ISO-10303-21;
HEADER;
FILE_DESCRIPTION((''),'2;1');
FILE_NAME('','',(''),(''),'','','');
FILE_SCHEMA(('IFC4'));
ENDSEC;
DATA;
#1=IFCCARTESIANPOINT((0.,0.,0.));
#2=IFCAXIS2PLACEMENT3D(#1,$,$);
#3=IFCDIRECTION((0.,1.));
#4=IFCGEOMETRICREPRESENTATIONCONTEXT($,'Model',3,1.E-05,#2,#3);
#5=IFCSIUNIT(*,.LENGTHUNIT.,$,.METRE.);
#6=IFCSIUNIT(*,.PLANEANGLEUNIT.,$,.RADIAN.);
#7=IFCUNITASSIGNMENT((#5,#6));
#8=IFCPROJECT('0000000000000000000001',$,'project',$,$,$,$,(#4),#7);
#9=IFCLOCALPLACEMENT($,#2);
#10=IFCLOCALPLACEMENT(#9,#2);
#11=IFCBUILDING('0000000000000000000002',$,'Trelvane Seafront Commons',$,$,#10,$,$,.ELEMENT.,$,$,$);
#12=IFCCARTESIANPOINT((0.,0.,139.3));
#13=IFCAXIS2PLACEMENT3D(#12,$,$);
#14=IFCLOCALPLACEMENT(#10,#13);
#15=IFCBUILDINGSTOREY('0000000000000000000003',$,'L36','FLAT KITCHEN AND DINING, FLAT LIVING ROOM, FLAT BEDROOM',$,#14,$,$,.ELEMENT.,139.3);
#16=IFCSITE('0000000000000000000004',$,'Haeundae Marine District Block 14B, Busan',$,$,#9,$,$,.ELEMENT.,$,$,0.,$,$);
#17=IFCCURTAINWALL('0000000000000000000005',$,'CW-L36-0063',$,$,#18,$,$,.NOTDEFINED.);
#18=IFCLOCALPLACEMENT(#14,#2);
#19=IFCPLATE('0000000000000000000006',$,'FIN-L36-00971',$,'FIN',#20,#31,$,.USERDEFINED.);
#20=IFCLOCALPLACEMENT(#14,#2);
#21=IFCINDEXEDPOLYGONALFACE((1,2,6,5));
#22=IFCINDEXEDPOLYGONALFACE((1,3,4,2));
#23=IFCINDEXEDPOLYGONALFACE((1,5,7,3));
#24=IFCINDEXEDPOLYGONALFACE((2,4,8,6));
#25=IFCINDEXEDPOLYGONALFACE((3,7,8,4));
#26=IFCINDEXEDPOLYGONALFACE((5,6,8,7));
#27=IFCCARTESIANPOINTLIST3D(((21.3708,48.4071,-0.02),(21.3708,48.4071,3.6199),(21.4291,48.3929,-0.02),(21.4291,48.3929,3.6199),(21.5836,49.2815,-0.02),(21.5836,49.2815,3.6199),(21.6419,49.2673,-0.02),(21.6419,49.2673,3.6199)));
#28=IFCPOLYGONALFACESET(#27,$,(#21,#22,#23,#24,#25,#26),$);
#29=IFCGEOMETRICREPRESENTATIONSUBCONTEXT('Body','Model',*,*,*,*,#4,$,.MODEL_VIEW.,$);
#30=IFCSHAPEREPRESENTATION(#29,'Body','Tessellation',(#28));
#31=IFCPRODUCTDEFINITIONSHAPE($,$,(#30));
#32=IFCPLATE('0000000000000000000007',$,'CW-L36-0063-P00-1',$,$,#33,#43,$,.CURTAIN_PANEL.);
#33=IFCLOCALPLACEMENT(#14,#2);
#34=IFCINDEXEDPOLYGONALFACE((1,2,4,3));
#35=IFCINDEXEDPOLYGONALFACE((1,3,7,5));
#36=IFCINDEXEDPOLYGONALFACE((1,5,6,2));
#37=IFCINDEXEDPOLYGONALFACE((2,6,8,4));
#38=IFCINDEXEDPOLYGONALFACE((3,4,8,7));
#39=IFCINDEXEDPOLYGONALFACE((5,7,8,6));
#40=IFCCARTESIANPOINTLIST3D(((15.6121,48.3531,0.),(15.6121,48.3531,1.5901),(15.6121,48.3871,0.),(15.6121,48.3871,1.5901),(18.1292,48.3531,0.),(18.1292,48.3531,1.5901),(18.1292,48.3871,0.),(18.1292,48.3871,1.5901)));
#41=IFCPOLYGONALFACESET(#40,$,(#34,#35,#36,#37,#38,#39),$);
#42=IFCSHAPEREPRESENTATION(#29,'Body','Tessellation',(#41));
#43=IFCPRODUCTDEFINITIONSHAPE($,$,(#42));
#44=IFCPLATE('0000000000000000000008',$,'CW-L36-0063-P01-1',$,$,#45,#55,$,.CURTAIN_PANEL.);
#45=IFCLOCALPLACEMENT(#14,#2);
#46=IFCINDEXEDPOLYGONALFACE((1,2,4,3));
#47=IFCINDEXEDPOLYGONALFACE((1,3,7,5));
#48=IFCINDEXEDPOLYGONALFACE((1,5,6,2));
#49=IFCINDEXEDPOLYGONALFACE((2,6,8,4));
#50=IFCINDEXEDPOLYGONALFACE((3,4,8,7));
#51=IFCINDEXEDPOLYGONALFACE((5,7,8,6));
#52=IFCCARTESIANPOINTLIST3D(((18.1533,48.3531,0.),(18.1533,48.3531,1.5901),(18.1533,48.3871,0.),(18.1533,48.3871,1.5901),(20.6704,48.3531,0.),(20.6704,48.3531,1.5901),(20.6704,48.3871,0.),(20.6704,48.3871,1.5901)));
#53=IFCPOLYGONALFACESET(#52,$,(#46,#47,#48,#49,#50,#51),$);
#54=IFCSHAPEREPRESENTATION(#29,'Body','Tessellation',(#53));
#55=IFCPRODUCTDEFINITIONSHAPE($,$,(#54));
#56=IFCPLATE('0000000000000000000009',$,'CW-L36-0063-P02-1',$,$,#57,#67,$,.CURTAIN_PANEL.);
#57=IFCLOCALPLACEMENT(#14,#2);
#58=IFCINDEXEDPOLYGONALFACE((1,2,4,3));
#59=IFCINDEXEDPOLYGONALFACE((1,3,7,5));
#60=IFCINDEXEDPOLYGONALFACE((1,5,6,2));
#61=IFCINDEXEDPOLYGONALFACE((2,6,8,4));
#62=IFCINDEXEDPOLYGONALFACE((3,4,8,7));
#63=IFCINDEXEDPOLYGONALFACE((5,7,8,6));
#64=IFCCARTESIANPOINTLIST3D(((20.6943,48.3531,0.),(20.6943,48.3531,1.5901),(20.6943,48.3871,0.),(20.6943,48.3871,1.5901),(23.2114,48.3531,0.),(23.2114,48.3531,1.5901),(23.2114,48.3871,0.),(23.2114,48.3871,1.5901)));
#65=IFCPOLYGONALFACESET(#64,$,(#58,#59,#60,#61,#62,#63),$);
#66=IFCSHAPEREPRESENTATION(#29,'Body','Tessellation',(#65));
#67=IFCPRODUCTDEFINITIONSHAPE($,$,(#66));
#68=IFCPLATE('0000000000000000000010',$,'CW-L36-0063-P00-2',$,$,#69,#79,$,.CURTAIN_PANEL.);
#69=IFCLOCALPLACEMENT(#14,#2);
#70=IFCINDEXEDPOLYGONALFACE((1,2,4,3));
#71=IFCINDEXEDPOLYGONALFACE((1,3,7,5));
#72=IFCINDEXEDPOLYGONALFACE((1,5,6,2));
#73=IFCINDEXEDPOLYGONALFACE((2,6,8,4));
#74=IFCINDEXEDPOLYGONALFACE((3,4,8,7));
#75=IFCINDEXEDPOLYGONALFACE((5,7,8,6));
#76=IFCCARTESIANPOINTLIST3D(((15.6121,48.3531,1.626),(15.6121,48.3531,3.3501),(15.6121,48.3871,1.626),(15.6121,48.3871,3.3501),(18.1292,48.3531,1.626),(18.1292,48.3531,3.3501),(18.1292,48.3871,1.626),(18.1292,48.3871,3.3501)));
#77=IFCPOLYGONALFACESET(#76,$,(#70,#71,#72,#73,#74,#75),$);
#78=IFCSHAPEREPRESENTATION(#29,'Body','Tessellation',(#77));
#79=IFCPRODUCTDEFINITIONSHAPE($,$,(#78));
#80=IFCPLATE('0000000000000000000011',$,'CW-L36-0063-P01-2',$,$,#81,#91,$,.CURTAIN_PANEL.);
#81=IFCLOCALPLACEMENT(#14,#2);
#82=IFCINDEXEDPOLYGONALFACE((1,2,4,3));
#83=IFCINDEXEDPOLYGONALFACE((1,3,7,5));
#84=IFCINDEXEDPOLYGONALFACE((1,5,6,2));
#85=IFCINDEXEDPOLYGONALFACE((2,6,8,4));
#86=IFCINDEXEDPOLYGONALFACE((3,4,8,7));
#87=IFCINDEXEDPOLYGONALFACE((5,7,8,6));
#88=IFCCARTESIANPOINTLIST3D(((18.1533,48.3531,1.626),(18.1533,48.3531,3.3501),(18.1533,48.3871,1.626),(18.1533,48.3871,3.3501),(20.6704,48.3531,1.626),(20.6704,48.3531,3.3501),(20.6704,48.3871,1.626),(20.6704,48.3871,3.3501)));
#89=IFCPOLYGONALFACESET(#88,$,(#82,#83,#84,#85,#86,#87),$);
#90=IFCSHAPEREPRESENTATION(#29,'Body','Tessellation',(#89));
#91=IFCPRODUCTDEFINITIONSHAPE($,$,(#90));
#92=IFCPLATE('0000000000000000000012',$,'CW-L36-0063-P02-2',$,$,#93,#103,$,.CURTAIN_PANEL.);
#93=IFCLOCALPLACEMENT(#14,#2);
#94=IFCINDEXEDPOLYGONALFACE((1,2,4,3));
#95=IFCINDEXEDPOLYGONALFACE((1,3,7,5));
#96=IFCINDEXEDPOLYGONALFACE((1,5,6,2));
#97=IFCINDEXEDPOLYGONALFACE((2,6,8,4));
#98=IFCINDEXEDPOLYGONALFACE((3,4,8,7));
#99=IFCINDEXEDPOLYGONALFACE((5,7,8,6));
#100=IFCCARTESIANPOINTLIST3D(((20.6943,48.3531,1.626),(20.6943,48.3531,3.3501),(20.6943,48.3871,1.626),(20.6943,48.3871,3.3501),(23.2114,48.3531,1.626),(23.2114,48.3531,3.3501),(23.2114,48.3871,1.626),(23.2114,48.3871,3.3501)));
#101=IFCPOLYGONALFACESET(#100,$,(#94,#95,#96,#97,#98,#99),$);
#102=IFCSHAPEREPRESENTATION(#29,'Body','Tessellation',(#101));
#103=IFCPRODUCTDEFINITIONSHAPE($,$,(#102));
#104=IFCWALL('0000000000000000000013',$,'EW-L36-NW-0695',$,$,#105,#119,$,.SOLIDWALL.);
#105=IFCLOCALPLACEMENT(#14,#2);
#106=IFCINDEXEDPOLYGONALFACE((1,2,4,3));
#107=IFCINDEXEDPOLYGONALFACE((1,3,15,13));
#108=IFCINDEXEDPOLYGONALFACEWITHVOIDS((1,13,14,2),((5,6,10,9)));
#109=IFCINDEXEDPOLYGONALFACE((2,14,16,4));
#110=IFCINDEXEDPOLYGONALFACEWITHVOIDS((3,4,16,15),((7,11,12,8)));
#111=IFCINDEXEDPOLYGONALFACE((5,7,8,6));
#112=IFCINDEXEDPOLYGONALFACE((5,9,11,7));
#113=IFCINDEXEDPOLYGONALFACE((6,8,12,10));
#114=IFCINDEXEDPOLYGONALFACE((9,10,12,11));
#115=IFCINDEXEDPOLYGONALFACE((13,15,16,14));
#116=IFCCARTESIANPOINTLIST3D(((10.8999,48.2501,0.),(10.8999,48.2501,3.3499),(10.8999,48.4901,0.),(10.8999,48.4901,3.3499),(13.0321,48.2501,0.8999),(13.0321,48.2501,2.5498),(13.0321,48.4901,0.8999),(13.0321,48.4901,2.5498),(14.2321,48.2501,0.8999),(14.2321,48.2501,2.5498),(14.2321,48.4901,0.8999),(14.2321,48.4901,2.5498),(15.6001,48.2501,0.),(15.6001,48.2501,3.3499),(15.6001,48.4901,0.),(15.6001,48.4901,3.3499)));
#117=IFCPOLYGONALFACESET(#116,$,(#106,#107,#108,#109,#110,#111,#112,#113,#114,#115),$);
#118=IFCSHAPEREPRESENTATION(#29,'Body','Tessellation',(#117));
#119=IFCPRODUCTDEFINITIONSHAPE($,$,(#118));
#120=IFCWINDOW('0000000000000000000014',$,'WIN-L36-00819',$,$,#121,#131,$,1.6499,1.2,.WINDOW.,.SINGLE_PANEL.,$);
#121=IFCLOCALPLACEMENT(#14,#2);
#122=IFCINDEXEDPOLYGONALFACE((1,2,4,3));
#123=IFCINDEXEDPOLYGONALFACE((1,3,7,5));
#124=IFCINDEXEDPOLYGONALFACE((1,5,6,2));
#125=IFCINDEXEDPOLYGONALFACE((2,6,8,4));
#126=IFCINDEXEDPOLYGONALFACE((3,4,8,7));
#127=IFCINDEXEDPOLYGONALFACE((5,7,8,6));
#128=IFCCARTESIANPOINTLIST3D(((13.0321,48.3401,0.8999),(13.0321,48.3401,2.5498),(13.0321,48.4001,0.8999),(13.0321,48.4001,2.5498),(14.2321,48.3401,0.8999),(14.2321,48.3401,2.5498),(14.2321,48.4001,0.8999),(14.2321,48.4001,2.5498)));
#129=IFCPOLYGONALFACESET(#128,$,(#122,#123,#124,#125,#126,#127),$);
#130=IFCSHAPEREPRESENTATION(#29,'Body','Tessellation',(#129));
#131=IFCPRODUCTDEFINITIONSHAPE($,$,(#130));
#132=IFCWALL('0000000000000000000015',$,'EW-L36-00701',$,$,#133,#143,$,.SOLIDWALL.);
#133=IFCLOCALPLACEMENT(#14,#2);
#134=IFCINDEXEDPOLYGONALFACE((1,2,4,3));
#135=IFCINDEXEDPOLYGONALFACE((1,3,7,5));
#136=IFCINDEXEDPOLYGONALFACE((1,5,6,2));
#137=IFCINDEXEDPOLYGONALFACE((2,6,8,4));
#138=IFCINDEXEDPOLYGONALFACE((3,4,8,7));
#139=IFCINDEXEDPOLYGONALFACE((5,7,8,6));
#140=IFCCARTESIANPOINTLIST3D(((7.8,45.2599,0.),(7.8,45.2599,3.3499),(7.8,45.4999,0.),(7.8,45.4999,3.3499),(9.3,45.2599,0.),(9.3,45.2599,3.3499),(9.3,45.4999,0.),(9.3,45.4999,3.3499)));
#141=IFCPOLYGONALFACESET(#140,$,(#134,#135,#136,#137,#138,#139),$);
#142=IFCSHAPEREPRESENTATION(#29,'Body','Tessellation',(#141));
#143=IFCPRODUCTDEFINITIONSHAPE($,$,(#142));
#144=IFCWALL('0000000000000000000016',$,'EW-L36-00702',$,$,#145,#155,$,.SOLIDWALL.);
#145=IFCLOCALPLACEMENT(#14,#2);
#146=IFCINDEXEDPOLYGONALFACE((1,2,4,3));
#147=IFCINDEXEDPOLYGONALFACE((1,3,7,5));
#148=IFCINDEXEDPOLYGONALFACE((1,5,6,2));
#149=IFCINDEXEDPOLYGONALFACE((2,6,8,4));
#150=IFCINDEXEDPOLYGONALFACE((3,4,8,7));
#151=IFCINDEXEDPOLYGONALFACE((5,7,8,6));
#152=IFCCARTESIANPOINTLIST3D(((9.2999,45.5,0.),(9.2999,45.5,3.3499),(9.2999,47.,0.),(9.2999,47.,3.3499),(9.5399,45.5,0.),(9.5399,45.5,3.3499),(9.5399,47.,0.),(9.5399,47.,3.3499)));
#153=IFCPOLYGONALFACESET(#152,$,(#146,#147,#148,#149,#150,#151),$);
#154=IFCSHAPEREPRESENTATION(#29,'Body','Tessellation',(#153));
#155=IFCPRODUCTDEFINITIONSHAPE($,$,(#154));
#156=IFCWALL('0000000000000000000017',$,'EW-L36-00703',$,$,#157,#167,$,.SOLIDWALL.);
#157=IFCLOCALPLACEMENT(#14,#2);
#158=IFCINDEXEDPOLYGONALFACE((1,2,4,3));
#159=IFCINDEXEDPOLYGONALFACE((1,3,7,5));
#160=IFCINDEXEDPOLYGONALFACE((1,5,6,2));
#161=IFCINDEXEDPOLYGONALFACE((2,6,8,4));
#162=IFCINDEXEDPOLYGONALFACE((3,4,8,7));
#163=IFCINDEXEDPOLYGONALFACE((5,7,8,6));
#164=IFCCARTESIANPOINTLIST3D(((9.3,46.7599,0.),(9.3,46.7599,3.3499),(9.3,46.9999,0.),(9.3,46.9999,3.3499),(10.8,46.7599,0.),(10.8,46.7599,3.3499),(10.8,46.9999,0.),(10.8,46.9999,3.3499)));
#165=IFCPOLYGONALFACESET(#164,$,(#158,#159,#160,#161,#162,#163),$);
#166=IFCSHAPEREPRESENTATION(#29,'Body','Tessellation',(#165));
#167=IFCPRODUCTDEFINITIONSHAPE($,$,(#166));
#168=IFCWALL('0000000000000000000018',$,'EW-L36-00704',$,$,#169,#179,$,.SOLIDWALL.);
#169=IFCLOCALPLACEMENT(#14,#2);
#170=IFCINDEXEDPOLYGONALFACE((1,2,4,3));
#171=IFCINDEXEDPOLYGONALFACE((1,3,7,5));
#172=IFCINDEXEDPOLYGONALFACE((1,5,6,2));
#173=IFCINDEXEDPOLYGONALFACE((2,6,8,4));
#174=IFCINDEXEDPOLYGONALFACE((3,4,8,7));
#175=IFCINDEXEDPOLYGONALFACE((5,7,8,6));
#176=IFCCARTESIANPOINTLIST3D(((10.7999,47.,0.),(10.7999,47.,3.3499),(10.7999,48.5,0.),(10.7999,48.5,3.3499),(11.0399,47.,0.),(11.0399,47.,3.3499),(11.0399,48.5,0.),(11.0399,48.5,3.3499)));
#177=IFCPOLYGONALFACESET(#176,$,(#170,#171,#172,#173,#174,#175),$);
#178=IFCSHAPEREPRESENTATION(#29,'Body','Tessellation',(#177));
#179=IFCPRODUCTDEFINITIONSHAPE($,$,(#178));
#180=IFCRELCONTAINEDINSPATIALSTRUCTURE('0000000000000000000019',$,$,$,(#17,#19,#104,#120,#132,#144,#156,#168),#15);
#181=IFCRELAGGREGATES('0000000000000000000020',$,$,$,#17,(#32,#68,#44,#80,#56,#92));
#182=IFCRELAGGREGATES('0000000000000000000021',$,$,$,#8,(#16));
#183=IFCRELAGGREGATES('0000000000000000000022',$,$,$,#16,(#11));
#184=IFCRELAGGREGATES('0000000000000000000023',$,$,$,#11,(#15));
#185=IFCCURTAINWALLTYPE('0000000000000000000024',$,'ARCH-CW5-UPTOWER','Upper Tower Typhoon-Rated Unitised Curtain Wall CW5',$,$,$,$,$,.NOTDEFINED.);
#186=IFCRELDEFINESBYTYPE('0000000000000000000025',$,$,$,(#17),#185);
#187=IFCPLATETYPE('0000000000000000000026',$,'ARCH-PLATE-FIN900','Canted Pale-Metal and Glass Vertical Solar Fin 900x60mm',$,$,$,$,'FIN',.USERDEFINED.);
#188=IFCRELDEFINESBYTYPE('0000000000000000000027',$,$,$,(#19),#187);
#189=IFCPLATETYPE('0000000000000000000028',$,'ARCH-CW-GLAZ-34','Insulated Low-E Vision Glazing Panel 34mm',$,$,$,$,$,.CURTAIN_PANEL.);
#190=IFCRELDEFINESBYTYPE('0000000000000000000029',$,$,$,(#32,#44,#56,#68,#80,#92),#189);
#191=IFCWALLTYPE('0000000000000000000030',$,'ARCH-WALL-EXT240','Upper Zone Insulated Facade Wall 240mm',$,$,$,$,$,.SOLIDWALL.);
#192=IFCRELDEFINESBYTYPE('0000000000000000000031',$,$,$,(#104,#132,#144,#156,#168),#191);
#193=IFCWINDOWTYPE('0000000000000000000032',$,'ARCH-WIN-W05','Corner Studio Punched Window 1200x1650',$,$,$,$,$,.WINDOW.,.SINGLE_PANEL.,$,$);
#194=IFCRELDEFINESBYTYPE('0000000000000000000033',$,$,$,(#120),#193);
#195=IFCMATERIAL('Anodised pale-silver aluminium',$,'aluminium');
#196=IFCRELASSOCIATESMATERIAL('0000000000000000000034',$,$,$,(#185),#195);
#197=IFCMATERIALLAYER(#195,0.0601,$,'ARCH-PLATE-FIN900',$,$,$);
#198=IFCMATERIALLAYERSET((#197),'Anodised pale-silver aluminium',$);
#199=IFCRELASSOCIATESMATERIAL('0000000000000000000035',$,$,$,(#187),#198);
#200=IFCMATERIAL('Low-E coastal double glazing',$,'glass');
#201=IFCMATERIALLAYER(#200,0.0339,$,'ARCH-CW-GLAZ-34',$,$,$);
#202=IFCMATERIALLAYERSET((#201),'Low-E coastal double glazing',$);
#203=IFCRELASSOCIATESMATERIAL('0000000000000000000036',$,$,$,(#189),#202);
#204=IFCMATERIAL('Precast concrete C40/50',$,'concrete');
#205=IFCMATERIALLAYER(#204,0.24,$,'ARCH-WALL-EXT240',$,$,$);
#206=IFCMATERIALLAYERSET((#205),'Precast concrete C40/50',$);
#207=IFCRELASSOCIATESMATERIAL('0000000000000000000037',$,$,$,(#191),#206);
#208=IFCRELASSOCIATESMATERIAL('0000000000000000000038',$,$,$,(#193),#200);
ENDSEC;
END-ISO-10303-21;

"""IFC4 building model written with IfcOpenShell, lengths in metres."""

from ifc_helpers import new_model, si_unit, direction, frame, frame_2d, origin, origin_2d, place, context, subcontext, project, spatial, rectangle, extrude, source, transform, mapped, material, layer, layer_set, type_object, element, fill, aggregate, save


model = new_model("IFC4")

# Units and contexts
model_context = context("Model", 3, precision=1e-05, world=origin(), true_north=direction((0.0, 1.0)))
body_context = subcontext(model_context, "Body", "Model", "MODEL_VIEW")
ifc_project = project(units=[si_unit("LENGTHUNIT", "METRE"), si_unit("PLANEANGLEUNIT", "RADIAN")], contexts=[model_context])

# Site, building, storey
site_placement = place(None, origin())
site = spatial("IfcSite", under=ifc_project, at=site_placement, Name="Haeundae Marine District Block 14B, Busan", CompositionType="ELEMENT", RefElevation=0.0)
building_placement = place(site_placement, origin())
building = spatial("IfcBuilding", under=site, at=building_placement, Name="Trelvane Seafront Commons", CompositionType="ELEMENT")
storey_placement = place(building_placement, frame((0.0, 0.0, 139.3)))
storey = spatial("IfcBuildingStorey", under=building, at=storey_placement, Name="L36", Description="FLAT KITCHEN AND DINING, FLAT LIVING ROOM, FLAT BEDROOM", CompositionType="ELEMENT", Elevation=139.3)

# Curtain wall
ifc_material_1 = material(Name="Anodised pale-silver aluminium", Category="aluminium")
curtain_wall_type = type_object("IfcCurtainWallType", Name="ARCH-CW5-UPTOWER", Description="Upper Tower Typhoon-Rated Unitised Curtain Wall CW5", PredefinedType="NOTDEFINED", material=ifc_material_1)
curtain_wall_placement = place(storey_placement, origin())
curtain_wall = element("IfcCurtainWall", 1, at=curtain_wall_placement, inside=storey, type_object=curtain_wall_type, Name="CW-L36-0063", PredefinedType="NOTDEFINED")

# Plate
ifc_layer_1 = layer(ifc_material_1, 0.0601, Name="ARCH-PLATE-FIN900")
ifc_layer_set_1 = layer_set([ifc_layer_1], Name="Anodised pale-silver aluminium")
plate_type_1 = type_object("IfcPlateType", Name="ARCH-PLATE-FIN900", Description="Canted Pale-Metal and Glass Vertical Solar Fin 900x60mm", ElementType="FIN", PredefinedType="USERDEFINED", material=ifc_layer_set_1)
shared_shape_1 = source(origin(), body_context, "Body", "SweptSolid", [
    extrude(rectangle(XDim=0.8999, YDim=0.0601, at=origin_2d()), origin(), (0.0, 0.0, 1.0), 3.6399),
])
for number, where, z_axis, x_axis, name in (
    (2, (21.5063, 48.8372, -0.02), (0.0, 0.0, 1.0), (0.23644, 0.971646, 0.0), "FIN-L36-00971"),
):
    element("IfcPlate", number, at=place(storey_placement, frame(where, z_axis=z_axis, x_axis=x_axis)), inside=storey, type_object=plate_type_1, Name=name, ObjectType="FIN", PredefinedType="USERDEFINED", context=body_context, shape_type="MappedRepresentation", body=[
        mapped(shared_shape_1, transform((0.0, 0.0, 0.0), x_axis=(1.0, 0.0, 0.0), y_axis=(0.0, 1.0, 0.0), z_axis=(0.0, 0.0, 1.0), scale=1.0)),
    ])

# Plates
ifc_material_2 = material(Name="Low-E coastal double glazing", Category="glass")
ifc_layer_2 = layer(ifc_material_2, 0.0339, Name="ARCH-CW-GLAZ-34")
ifc_layer_set_2 = layer_set([ifc_layer_2], Name="Low-E coastal double glazing")
plate_type_2 = type_object("IfcPlateType", Name="ARCH-CW-GLAZ-34", Description="Insulated Low-E Vision Glazing Panel 34mm", PredefinedType="CURTAIN_PANEL", material=ifc_layer_set_2)
shared_shape_2 = source(origin(), body_context, "Body", "SweptSolid", [
    extrude(rectangle(XDim=2.5171, YDim=0.0339, at=origin_2d()), origin(), (0.0, 0.0, 1.0), 1.5901),
])
plate_1_placement = place(storey_placement, frame((16.8706, 48.3701, 0.0), z_axis=(0.0, 0.0, 1.0), x_axis=(1.0, 0.0, 0.0)))
plate_1 = element("IfcPlate", 3, at=plate_1_placement, type_object=plate_type_2, Name="CW-L36-0063-P00-1", PredefinedType="CURTAIN_PANEL", context=body_context, shape_type="MappedRepresentation", body=[
    mapped(shared_shape_2, transform((0.0, 0.0, 0.0), x_axis=(1.0, 0.0, 0.0), y_axis=(0.0, 1.0, 0.0), z_axis=(0.0, 0.0, 1.0), scale=1.0)),
])
plate_2_placement = place(storey_placement, frame((19.4119, 48.3701, 0.0), z_axis=(0.0, 0.0, 1.0), x_axis=(1.0, 0.0, 0.0)))
plate_2 = element("IfcPlate", 4, at=plate_2_placement, type_object=plate_type_2, Name="CW-L36-0063-P01-1", PredefinedType="CURTAIN_PANEL", context=body_context, shape_type="MappedRepresentation", body=[
    mapped(shared_shape_2, transform((0.0, 0.0, 0.0), x_axis=(1.0, 0.0, 0.0), y_axis=(0.0, 1.0, 0.0), z_axis=(0.0, 0.0, 1.0), scale=1.0)),
])
plate_3_placement = place(storey_placement, frame((21.9529, 48.3701, 0.0), z_axis=(0.0, 0.0, 1.0), x_axis=(1.0, 0.0, 0.0)))
plate_3 = element("IfcPlate", 5, at=plate_3_placement, type_object=plate_type_2, Name="CW-L36-0063-P02-1", PredefinedType="CURTAIN_PANEL", context=body_context, shape_type="MappedRepresentation", body=[
    mapped(shared_shape_2, transform((0.0, 0.0, 0.0), x_axis=(1.0, 0.0, 0.0), y_axis=(0.0, 1.0, 0.0), z_axis=(0.0, 0.0, 1.0), scale=1.0)),
])
shared_shape_3 = source(origin(), body_context, "Body", "SweptSolid", [
    extrude(rectangle(XDim=2.5171, YDim=0.0339, at=origin_2d()), origin(), (0.0, 0.0, 1.0), 1.7241),
])
plate_4_placement = place(storey_placement, frame((16.8706, 48.3701, 1.626), z_axis=(0.0, 0.0, 1.0), x_axis=(1.0, 0.0, 0.0)))
plate_4 = element("IfcPlate", 6, at=plate_4_placement, type_object=plate_type_2, Name="CW-L36-0063-P00-2", PredefinedType="CURTAIN_PANEL", context=body_context, shape_type="MappedRepresentation", body=[
    mapped(shared_shape_3, transform((0.0, 0.0, 0.0), x_axis=(1.0, 0.0, 0.0), y_axis=(0.0, 1.0, 0.0), z_axis=(0.0, 0.0, 1.0), scale=1.0)),
])
plate_5_placement = place(storey_placement, frame((19.4119, 48.3701, 1.626), z_axis=(0.0, 0.0, 1.0), x_axis=(1.0, 0.0, 0.0)))
plate_5 = element("IfcPlate", 7, at=plate_5_placement, type_object=plate_type_2, Name="CW-L36-0063-P01-2", PredefinedType="CURTAIN_PANEL", context=body_context, shape_type="MappedRepresentation", body=[
    mapped(shared_shape_3, transform((0.0, 0.0, 0.0), x_axis=(1.0, 0.0, 0.0), y_axis=(0.0, 1.0, 0.0), z_axis=(0.0, 0.0, 1.0), scale=1.0)),
])
plate_6_placement = place(storey_placement, frame((21.9529, 48.3701, 1.626), z_axis=(0.0, 0.0, 1.0), x_axis=(1.0, 0.0, 0.0)))
plate_6 = element("IfcPlate", 8, at=plate_6_placement, type_object=plate_type_2, Name="CW-L36-0063-P02-2", PredefinedType="CURTAIN_PANEL", context=body_context, shape_type="MappedRepresentation", body=[
    mapped(shared_shape_3, transform((0.0, 0.0, 0.0), x_axis=(1.0, 0.0, 0.0), y_axis=(0.0, 1.0, 0.0), z_axis=(0.0, 0.0, 1.0), scale=1.0)),
])
aggregate(curtain_wall, [plate_1, plate_4, plate_2, plate_5, plate_3, plate_6])

# Wall, opening, window
ifc_material_3 = material(Name="Precast concrete C40/50", Category="concrete")
ifc_layer_3 = layer(ifc_material_3, 0.24, Name="ARCH-WALL-EXT240")
ifc_layer_set_3 = layer_set([ifc_layer_3], Name="Precast concrete C40/50")
wall_type = type_object("IfcWallType", Name="ARCH-WALL-EXT240", Description="Upper Zone Insulated Facade Wall 240mm", PredefinedType="SOLIDWALL", material=ifc_layer_set_3)
wall_placement = place(storey_placement, frame((10.8999, 48.3701, 0.0), z_axis=(0.0, 0.0, 1.0), x_axis=(1.0, 0.0, 0.0)))
wall = element("IfcWall", 9, at=wall_placement, inside=storey, type_object=wall_type, Name="EW-L36-NW-0695", PredefinedType="SOLIDWALL", context=body_context, shape_type="SweptSolid", body=[
    extrude(rectangle(XDim=4.7002, YDim=0.24, at=frame_2d((2.3501, 0.0))), origin(), (0.0, 0.0, 1.0), 3.3499),
])
opening_placement = place(wall_placement, frame((2.1321, 0.0, 0.8999)))
opening = element("IfcOpeningElement", 10, at=opening_placement, cuts=wall, PredefinedType="OPENING", context=body_context, shape_type="SweptSolid", body=[
    extrude(rectangle(XDim=1.2, YDim=1.6499, at=frame_2d((0.6001, 0.825))), frame((0.0, 0.1299, 0.0), z_axis=(0.0, -1.0, 0.0), x_axis=(1.0, 0.0, 0.0)), (0.0, 0.0, 1.0), 0.26),
])
window_type = type_object("IfcWindowType", Name="ARCH-WIN-W05", Description="Corner Studio Punched Window 1200x1650", PartitioningType="SINGLE_PANEL", PredefinedType="WINDOW", material=ifc_material_2)
shared_shape_4 = source(origin(), body_context, "Body", "SweptSolid", [
    extrude(rectangle(XDim=1.2, YDim=1.6499, at=frame_2d((0.6001, 0.825))), frame((0.0, 0.03, 0.0), z_axis=(0.0, -1.0, 0.0), x_axis=(1.0, 0.0, 0.0)), (0.0, 0.0, 1.0), 0.0601),
])
window_placement = place(opening_placement, origin())
window = element("IfcWindow", 11, at=window_placement, inside=storey, type_object=window_type, Name="WIN-L36-00819", OverallHeight=1.6499, OverallWidth=1.2, PartitioningType="SINGLE_PANEL", PredefinedType="WINDOW", context=body_context, shape_type="MappedRepresentation", body=[
    mapped(shared_shape_4, transform((0.0, 0.0, 0.0), x_axis=(1.0, 0.0, 0.0), y_axis=(0.0, 1.0, 0.0), z_axis=(0.0, 0.0, 1.0), scale=1.0)),
])
fill(opening, window)

# Walls
for number, where, z_axis, x_axis, name in (
    (12, (7.8, 45.3799, 0.0), (0.0, 0.0, 1.0), (1.0, 0.0, 0.0), "EW-L36-00701"),
    (13, (9.4199, 45.5, 0.0), (0.0, 0.0, 1.0), (0.0, 1.0, 0.0), "EW-L36-00702"),
    (14, (9.3, 46.8799, 0.0), (0.0, 0.0, 1.0), (1.0, 0.0, 0.0), "EW-L36-00703"),
    (15, (10.9199, 47.0, 0.0), (0.0, 0.0, 1.0), (0.0, 1.0, 0.0), "EW-L36-00704"),
):
    element("IfcWall", number, at=place(storey_placement, frame(where, z_axis=z_axis, x_axis=x_axis)), inside=storey, type_object=wall_type, Name=name, PredefinedType="SOLIDWALL", context=body_context, shape_type="SweptSolid", body=[
        extrude(rectangle(XDim=1.5, YDim=0.24, at=frame_2d((0.75, 0.0))), origin(), (0.0, 0.0, 1.0), 3.3499),
    ])

save(model, "model.ifc")
